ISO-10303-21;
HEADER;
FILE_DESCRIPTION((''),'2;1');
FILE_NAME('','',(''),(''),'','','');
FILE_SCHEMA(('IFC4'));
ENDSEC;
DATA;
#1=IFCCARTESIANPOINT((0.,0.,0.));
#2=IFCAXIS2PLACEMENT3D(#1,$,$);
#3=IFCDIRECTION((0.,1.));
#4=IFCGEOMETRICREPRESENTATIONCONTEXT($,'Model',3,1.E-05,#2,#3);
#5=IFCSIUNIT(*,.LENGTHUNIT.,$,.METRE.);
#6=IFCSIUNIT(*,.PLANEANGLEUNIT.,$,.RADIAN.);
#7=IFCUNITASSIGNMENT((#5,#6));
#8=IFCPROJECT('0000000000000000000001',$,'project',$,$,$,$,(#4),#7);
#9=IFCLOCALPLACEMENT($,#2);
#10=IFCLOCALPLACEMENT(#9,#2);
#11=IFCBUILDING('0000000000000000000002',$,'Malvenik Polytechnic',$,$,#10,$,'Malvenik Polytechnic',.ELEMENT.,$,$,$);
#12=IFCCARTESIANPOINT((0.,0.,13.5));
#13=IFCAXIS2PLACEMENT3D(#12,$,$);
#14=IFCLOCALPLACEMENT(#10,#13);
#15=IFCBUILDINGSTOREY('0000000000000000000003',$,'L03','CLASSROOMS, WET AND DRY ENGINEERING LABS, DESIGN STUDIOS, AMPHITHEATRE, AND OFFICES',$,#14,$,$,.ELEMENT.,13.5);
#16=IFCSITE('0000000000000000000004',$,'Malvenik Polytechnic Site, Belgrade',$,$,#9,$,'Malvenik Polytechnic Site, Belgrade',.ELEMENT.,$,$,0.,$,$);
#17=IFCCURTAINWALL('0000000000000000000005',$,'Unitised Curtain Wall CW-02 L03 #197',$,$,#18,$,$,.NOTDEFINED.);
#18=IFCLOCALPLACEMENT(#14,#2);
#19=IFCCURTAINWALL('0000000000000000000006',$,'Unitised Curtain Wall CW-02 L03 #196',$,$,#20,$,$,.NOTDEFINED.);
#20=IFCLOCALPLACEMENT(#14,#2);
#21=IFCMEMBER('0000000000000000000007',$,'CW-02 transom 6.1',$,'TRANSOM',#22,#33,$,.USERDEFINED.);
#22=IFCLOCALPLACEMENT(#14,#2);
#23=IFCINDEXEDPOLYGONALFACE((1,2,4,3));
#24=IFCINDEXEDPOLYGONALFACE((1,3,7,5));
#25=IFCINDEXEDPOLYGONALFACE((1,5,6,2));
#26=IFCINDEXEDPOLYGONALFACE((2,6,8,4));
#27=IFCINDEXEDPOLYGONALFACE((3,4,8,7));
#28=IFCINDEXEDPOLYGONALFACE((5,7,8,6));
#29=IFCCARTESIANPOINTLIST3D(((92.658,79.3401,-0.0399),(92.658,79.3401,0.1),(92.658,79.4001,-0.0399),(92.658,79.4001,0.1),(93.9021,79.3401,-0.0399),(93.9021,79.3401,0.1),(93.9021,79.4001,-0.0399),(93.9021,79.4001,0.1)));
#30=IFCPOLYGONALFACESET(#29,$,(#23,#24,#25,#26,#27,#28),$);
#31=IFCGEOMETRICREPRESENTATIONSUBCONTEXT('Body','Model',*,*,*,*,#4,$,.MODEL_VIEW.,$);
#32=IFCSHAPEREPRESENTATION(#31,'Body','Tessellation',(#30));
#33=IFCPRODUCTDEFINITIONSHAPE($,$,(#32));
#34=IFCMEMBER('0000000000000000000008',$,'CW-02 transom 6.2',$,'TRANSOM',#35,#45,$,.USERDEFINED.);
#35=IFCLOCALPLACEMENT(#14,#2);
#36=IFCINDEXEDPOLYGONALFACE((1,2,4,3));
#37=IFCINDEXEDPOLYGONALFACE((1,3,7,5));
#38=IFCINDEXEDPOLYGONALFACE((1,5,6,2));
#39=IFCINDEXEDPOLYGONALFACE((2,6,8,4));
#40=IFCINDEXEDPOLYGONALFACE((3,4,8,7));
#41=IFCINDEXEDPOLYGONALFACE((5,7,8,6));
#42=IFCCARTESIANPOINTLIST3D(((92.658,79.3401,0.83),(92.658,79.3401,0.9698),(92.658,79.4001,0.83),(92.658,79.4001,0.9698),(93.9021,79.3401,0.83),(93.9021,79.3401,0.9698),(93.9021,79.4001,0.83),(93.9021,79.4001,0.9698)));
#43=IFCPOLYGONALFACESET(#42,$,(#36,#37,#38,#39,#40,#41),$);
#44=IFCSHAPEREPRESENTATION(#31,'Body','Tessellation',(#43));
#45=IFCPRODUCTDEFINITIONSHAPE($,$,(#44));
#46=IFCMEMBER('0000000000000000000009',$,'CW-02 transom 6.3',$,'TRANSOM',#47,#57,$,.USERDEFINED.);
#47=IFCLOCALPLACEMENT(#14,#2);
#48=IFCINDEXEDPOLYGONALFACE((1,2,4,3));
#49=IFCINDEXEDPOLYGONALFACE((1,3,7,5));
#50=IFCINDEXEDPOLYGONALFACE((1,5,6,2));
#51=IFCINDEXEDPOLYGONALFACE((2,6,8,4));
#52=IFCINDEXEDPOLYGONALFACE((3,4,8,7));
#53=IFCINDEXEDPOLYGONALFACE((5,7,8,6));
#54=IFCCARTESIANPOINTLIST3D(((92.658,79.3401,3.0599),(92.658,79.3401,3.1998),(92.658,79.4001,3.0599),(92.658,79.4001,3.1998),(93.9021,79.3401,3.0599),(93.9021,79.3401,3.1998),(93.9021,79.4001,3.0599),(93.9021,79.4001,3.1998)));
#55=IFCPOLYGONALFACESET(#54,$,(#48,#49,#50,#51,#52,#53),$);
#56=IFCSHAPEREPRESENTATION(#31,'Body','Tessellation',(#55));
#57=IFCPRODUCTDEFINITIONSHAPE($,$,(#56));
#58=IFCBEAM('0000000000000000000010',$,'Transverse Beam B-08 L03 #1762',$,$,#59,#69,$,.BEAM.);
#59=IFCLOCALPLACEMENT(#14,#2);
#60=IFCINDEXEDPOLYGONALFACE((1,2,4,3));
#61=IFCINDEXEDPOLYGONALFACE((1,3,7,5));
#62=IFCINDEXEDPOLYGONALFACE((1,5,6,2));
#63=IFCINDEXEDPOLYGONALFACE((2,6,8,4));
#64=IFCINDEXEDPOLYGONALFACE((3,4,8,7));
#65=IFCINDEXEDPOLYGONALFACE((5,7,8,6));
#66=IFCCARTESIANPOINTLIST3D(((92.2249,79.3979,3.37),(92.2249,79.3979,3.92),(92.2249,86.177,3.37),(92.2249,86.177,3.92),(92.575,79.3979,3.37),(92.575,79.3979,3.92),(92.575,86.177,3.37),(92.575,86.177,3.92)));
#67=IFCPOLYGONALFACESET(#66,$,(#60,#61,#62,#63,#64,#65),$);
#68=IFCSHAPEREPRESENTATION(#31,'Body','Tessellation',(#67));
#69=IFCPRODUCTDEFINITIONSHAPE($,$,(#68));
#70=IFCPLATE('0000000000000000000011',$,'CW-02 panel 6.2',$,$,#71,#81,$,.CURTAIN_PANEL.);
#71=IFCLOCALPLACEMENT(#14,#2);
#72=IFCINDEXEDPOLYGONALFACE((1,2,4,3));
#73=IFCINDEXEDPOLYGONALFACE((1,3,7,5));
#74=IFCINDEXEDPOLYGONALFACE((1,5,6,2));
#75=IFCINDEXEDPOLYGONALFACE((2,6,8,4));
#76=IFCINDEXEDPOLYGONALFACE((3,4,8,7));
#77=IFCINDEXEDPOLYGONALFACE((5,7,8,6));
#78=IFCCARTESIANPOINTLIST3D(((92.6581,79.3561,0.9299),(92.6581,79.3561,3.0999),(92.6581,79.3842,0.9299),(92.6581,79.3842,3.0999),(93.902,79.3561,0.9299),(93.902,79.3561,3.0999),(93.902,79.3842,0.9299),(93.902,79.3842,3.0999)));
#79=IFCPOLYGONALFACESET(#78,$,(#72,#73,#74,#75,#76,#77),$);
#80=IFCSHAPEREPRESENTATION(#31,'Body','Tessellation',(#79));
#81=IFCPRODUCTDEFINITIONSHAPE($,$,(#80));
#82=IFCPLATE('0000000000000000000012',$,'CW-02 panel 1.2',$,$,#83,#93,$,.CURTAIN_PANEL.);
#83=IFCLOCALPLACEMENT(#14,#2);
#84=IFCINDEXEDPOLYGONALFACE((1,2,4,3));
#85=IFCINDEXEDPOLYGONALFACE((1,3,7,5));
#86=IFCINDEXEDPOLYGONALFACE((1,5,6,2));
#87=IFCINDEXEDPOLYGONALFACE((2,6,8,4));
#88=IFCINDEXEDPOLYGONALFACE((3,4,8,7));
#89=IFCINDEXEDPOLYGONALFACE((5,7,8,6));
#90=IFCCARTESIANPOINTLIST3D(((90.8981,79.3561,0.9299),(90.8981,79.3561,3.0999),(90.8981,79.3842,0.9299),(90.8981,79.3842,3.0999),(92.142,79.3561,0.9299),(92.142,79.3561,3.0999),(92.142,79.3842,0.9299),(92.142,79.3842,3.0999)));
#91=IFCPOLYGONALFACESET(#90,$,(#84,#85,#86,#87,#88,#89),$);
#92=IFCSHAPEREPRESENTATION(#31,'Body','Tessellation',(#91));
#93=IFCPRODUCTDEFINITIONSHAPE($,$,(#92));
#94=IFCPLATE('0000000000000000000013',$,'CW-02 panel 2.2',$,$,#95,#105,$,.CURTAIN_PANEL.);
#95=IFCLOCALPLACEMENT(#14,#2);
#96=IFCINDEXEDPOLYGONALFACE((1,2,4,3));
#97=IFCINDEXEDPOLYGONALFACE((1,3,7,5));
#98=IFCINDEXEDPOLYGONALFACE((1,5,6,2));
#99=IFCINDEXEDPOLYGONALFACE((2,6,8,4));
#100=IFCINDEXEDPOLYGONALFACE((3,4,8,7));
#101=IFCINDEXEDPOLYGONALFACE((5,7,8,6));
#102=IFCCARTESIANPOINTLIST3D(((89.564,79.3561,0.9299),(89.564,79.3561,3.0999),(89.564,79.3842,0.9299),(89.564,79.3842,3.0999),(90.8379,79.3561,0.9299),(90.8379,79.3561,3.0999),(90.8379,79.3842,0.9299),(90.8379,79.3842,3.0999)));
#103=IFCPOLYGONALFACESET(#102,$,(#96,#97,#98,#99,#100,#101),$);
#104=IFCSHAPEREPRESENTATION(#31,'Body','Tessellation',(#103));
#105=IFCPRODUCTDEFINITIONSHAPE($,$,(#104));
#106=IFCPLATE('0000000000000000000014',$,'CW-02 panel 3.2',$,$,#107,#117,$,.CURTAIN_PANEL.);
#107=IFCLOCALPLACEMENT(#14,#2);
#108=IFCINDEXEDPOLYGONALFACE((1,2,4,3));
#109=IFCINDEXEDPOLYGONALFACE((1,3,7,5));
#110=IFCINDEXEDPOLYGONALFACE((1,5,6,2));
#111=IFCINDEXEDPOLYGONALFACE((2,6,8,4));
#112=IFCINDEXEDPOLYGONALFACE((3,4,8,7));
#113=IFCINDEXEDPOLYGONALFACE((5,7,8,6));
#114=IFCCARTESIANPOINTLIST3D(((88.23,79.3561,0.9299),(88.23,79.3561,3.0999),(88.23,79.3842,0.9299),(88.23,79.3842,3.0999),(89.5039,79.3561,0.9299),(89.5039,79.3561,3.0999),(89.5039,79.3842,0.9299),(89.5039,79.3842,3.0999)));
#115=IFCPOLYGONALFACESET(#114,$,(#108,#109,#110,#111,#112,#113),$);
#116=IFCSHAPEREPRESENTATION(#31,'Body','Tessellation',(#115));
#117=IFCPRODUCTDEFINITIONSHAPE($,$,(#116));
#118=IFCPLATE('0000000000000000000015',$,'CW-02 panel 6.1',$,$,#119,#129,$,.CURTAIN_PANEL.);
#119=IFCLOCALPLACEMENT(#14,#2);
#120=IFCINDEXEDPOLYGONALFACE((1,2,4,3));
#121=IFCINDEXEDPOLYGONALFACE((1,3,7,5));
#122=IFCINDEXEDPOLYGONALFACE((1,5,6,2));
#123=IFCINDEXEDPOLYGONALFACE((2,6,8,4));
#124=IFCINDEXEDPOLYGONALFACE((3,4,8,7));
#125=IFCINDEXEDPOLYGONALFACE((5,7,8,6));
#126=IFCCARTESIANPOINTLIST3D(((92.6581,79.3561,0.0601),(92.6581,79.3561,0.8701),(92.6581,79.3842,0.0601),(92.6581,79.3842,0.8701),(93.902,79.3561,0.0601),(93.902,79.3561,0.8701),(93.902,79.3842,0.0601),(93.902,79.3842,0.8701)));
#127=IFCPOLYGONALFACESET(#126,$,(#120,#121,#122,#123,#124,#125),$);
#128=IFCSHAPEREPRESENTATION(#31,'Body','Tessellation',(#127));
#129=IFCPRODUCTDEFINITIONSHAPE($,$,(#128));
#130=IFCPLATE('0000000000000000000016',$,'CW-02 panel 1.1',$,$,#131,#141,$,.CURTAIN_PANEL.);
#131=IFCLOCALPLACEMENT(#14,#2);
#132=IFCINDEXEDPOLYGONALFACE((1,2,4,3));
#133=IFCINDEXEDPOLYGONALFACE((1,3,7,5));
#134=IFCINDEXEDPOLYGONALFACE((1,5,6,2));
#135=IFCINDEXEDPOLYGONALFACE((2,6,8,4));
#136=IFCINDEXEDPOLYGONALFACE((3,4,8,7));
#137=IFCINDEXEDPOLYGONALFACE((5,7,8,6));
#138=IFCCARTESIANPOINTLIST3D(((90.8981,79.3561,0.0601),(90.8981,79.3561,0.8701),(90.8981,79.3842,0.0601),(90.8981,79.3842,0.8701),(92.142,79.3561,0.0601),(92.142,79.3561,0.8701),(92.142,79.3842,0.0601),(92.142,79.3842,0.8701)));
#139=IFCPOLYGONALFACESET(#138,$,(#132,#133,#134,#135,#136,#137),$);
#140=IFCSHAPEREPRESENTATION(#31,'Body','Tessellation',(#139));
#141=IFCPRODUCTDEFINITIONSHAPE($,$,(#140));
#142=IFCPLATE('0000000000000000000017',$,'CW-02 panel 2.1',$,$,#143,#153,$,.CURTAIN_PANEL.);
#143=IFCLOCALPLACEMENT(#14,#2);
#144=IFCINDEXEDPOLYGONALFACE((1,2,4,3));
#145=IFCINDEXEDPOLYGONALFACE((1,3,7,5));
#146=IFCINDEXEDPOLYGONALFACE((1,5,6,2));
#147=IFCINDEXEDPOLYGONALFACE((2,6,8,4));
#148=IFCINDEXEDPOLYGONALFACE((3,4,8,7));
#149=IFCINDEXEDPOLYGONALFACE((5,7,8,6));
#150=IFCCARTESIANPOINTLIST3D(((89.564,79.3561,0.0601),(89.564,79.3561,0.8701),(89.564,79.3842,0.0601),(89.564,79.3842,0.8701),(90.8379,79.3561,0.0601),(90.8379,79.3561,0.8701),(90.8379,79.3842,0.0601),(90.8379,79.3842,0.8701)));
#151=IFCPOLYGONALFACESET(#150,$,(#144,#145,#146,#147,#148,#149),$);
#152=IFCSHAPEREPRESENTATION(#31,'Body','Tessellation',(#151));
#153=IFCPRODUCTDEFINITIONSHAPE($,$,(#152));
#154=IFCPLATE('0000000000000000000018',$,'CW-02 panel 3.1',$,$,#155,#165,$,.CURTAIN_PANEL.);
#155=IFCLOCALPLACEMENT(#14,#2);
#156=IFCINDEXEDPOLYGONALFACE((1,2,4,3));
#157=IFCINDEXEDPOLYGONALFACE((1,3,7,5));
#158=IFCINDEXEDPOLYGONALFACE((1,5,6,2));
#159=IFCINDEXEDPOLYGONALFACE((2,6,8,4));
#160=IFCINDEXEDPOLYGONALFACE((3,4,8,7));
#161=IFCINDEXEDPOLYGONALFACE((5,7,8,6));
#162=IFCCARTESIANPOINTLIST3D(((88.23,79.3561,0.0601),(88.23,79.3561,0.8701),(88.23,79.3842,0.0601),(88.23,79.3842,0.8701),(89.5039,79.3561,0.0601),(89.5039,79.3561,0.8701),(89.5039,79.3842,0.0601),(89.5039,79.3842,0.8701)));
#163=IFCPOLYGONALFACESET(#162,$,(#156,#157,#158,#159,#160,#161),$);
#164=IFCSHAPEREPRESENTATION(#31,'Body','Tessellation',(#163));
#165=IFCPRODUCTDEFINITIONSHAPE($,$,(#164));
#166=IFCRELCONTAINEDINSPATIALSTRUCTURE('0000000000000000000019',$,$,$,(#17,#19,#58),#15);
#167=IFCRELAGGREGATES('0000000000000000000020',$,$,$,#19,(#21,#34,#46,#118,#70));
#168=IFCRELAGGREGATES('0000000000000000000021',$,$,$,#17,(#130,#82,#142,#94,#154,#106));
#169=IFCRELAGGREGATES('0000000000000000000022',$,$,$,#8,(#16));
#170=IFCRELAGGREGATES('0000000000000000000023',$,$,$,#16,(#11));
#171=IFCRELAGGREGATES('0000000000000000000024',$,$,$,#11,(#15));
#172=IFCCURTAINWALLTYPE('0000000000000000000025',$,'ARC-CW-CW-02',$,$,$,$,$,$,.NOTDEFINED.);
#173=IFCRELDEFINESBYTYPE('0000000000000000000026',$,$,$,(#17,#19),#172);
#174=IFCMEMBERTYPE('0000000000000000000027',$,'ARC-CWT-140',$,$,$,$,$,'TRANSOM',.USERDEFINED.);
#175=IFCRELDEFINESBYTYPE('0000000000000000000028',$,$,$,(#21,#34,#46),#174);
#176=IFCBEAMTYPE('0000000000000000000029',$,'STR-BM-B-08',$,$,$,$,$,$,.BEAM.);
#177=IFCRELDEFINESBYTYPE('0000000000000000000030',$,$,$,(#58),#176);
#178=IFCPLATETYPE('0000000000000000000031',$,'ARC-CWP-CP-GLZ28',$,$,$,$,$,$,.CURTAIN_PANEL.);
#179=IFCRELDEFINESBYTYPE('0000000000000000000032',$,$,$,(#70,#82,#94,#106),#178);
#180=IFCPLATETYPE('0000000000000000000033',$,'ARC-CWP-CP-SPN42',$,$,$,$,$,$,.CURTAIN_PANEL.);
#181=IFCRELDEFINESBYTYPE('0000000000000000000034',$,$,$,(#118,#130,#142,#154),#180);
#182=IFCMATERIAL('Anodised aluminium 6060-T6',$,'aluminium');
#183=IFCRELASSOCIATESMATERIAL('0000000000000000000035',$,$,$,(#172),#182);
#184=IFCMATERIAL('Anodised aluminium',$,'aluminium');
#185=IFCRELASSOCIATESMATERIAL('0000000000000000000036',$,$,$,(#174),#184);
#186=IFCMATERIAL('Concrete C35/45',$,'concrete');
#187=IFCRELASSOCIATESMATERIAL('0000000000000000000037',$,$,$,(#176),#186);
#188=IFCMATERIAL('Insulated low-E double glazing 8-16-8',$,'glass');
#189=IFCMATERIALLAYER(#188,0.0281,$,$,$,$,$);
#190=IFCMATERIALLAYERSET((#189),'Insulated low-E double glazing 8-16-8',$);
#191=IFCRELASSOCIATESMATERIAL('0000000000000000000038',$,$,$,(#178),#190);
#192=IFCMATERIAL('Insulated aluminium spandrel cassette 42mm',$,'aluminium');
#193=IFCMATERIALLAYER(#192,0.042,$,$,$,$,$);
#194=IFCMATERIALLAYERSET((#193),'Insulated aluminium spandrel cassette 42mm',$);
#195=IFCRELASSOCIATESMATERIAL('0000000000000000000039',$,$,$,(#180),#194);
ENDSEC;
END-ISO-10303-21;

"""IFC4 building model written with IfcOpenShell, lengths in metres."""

from ifc_helpers import new_model, si_unit, direction, frame, origin, origin_2d, place, context, subcontext, project, spatial, rectangle, extrude, material, layer, layer_set, material_profile, profile_set, type_object, element, aggregate, save


model = new_model("IFC4")

# Units and contexts
model_context = context("Model", 3, precision=1e-05, world=origin(), true_north=direction((0.0, 1.0)))
body_context = subcontext(model_context, "Body", "Model", "MODEL_VIEW")
ifc_project = project(units=[si_unit("LENGTHUNIT", "METRE"), si_unit("PLANEANGLEUNIT", "RADIAN")], contexts=[model_context])

# Site, building, storey
site_placement = place(None, origin())
site = spatial("IfcSite", under=ifc_project, at=site_placement, Name="Malvenik Polytechnic Site, Belgrade", LongName="Malvenik Polytechnic Site, Belgrade", CompositionType="ELEMENT", RefElevation=0.0)
building_placement = place(site_placement, origin())
building = spatial("IfcBuilding", under=site, at=building_placement, Name="Malvenik Polytechnic", LongName="Malvenik Polytechnic", CompositionType="ELEMENT")
storey_placement = place(building_placement, frame((0.0, 0.0, 13.5)))
storey = spatial("IfcBuildingStorey", under=building, at=storey_placement, Name="L03", Description="CLASSROOMS, WET AND DRY ENGINEERING LABS, DESIGN STUDIOS, AMPHITHEATRE, AND OFFICES", CompositionType="ELEMENT", Elevation=13.5)

# Curtain walls
ifc_material_1 = material(Name="Anodised aluminium 6060-T6", Category="aluminium")
curtain_wall_type = type_object("IfcCurtainWallType", Name="ARC-CW-CW-02", PredefinedType="NOTDEFINED", material=ifc_material_1)
curtain_wall_1_placement = place(storey_placement, origin())
curtain_wall_1 = element("IfcCurtainWall", 1, at=curtain_wall_1_placement, inside=storey, type_object=curtain_wall_type, Name="Unitised Curtain Wall CW-02 L03 #197", PredefinedType="NOTDEFINED")
ifc_material_2 = material(Name="Anodised aluminium", Category="aluminium")
curtain_wall_2_placement = place(storey_placement, origin())
curtain_wall_2 = element("IfcCurtainWall", 2, at=curtain_wall_2_placement, inside=storey, type_object=curtain_wall_type, Name="Unitised Curtain Wall CW-02 L03 #196", PredefinedType="NOTDEFINED")

# Members
ifc_material_profile_1 = material_profile(ifc_material_2, rectangle(XDim=0.0601, YDim=0.1399, at=origin_2d()), Name="ALU TRANSOM 60x140")
ifc_profile_set_1 = profile_set([ifc_material_profile_1], Name="Anodised aluminium")
member_type_1 = type_object("IfcMemberType", Name="ARC-CWT-140", ElementType="TRANSOM", PredefinedType="USERDEFINED", material=ifc_profile_set_1)
member_1_placement = place(storey_placement, frame((93.9021, 79.3701, 0.03), z_axis=(-1.0, 0.0, 0.0), x_axis=(0.0, -1.0, 0.0)))
member_1 = element("IfcMember", 3, at=member_1_placement, type_object=member_type_1, Name="CW-02 transom 6.1", ObjectType="TRANSOM", PredefinedType="USERDEFINED", context=body_context, shape_type="SweptSolid", body=[
    extrude(rectangle(XDim=0.0601, YDim=0.1399, at=origin_2d()), origin(), (0.0, 0.0, 1.0), 1.2441),
])
member_2_placement = place(storey_placement, frame((93.9021, 79.3701, 0.8999), z_axis=(-1.0, 0.0, 0.0), x_axis=(0.0, -1.0, 0.0)))
member_2 = element("IfcMember", 4, at=member_2_placement, type_object=member_type_1, Name="CW-02 transom 6.2", ObjectType="TRANSOM", PredefinedType="USERDEFINED", context=body_context, shape_type="SweptSolid", body=[
    extrude(rectangle(XDim=0.0601, YDim=0.1399, at=origin_2d()), origin(), (0.0, 0.0, 1.0), 1.2441),
])
member_3_placement = place(storey_placement, frame((93.9021, 79.3701, 3.1299), z_axis=(-1.0, 0.0, 0.0), x_axis=(0.0, -1.0, 0.0)))
member_3 = element("IfcMember", 5, at=member_3_placement, type_object=member_type_1, Name="CW-02 transom 6.3", ObjectType="TRANSOM", PredefinedType="USERDEFINED", context=body_context, shape_type="SweptSolid", body=[
    extrude(rectangle(XDim=0.0601, YDim=0.1399, at=origin_2d()), origin(), (0.0, 0.0, 1.0), 1.2441),
])

# Beam
ifc_material_3 = material(Name="Concrete C35/45", Category="concrete")
ifc_material_profile_2 = material_profile(ifc_material_3, rectangle(XDim=0.3501, YDim=0.55, at=origin_2d()), Name="RC BM 350x550")
ifc_profile_set_2 = profile_set([ifc_material_profile_2], Name="Concrete C35/45")
beam_type = type_object("IfcBeamType", Name="STR-BM-B-08", PredefinedType="BEAM", material=ifc_profile_set_2)
beam_placement = place(storey_placement, frame((92.3999, 79.3979, 3.645), z_axis=(0.0, 1.0, 0.0), x_axis=(-1.0, 0.0, 0.0)))
element("IfcBeam", 6, at=beam_placement, inside=storey, type_object=beam_type, Name="Transverse Beam B-08 L03 #1762", PredefinedType="BEAM", context=body_context, shape_type="SweptSolid", body=[
    extrude(rectangle(XDim=0.3501, YDim=0.55, at=origin_2d()), origin(), (0.0, 0.0, 1.0), 6.7791),
])

# Plates
ifc_material_4 = material(Name="Insulated low-E double glazing 8-16-8", Category="glass")
ifc_layer_1 = layer(ifc_material_4, 0.0281)
ifc_layer_set_1 = layer_set([ifc_layer_1], Name="Insulated low-E double glazing 8-16-8")
plate_type_1 = type_object("IfcPlateType", Name="ARC-CWP-CP-GLZ28", PredefinedType="CURTAIN_PANEL", material=ifc_layer_set_1)
plate_1_placement = place(storey_placement, frame((93.28, 79.3701, 0.9299), z_axis=(0.0, 0.0, 1.0), x_axis=(-1.0, 0.0, 0.0)))
plate_1 = element("IfcPlate", 7, at=plate_1_placement, type_object=plate_type_1, Name="CW-02 panel 6.2", PredefinedType="CURTAIN_PANEL", context=body_context, shape_type="SweptSolid", body=[
    extrude(rectangle(XDim=1.2439, YDim=0.0281, at=origin_2d()), origin(), (0.0, 0.0, 1.0), 2.1699),
])
plate_2_placement = place(storey_placement, frame((91.52, 79.3701, 0.9299), z_axis=(0.0, 0.0, 1.0), x_axis=(-1.0, 0.0, 0.0)))
plate_2 = element("IfcPlate", 8, at=plate_2_placement, type_object=plate_type_1, Name="CW-02 panel 1.2", PredefinedType="CURTAIN_PANEL", context=body_context, shape_type="SweptSolid", body=[
    extrude(rectangle(XDim=1.2439, YDim=0.0281, at=origin_2d()), origin(), (0.0, 0.0, 1.0), 2.1699),
])
plate_3_placement = place(storey_placement, frame((90.2009, 79.3701, 0.9299), z_axis=(0.0, 0.0, 1.0), x_axis=(-1.0, 0.0, 0.0)))
plate_3 = element("IfcPlate", 9, at=plate_3_placement, type_object=plate_type_1, Name="CW-02 panel 2.2", PredefinedType="CURTAIN_PANEL", context=body_context, shape_type="SweptSolid", body=[
    extrude(rectangle(XDim=1.2739, YDim=0.0281, at=origin_2d()), origin(), (0.0, 0.0, 1.0), 2.1699),
])
plate_4_placement = place(storey_placement, frame((88.8669, 79.3701, 0.9299), z_axis=(0.0, 0.0, 1.0), x_axis=(-1.0, 0.0, 0.0)))
plate_4 = element("IfcPlate", 10, at=plate_4_placement, type_object=plate_type_1, Name="CW-02 panel 3.2", PredefinedType="CURTAIN_PANEL", context=body_context, shape_type="SweptSolid", body=[
    extrude(rectangle(XDim=1.2739, YDim=0.0281, at=origin_2d()), origin(), (0.0, 0.0, 1.0), 2.1699),
])
ifc_material_5 = material(Name="Insulated aluminium spandrel cassette 42mm", Category="aluminium")
ifc_layer_2 = layer(ifc_material_5, 0.042)
ifc_layer_set_2 = layer_set([ifc_layer_2], Name="Insulated aluminium spandrel cassette 42mm")
plate_type_2 = type_object("IfcPlateType", Name="ARC-CWP-CP-SPN42", PredefinedType="CURTAIN_PANEL", material=ifc_layer_set_2)
plate_5_placement = place(storey_placement, frame((93.28, 79.3701, 0.0601), z_axis=(0.0, 0.0, 1.0), x_axis=(-1.0, 0.0, 0.0)))
plate_5 = element("IfcPlate", 11, at=plate_5_placement, type_object=plate_type_2, Name="CW-02 panel 6.1", PredefinedType="CURTAIN_PANEL", context=body_context, shape_type="SweptSolid", body=[
    extrude(rectangle(XDim=1.2439, YDim=0.0281, at=origin_2d()), origin(), (0.0, 0.0, 1.0), 0.8101),
])
aggregate(curtain_wall_2, [member_1, member_2, member_3, plate_5, plate_1])
plate_6_placement = place(storey_placement, frame((91.52, 79.3701, 0.0601), z_axis=(0.0, 0.0, 1.0), x_axis=(-1.0, 0.0, 0.0)))
plate_6 = element("IfcPlate", 12, at=plate_6_placement, type_object=plate_type_2, Name="CW-02 panel 1.1", PredefinedType="CURTAIN_PANEL", context=body_context, shape_type="SweptSolid", body=[
    extrude(rectangle(XDim=1.2439, YDim=0.0281, at=origin_2d()), origin(), (0.0, 0.0, 1.0), 0.8101),
])
plate_7_placement = place(storey_placement, frame((90.2009, 79.3701, 0.0601), z_axis=(0.0, 0.0, 1.0), x_axis=(-1.0, 0.0, 0.0)))
plate_7 = element("IfcPlate", 13, at=plate_7_placement, type_object=plate_type_2, Name="CW-02 panel 2.1", PredefinedType="CURTAIN_PANEL", context=body_context, shape_type="SweptSolid", body=[
    extrude(rectangle(XDim=1.2739, YDim=0.0281, at=origin_2d()), origin(), (0.0, 0.0, 1.0), 0.8101),
])
plate_8_placement = place(storey_placement, frame((88.8669, 79.3701, 0.0601), z_axis=(0.0, 0.0, 1.0), x_axis=(-1.0, 0.0, 0.0)))
plate_8 = element("IfcPlate", 14, at=plate_8_placement, type_object=plate_type_2, Name="CW-02 panel 3.1", PredefinedType="CURTAIN_PANEL", context=body_context, shape_type="SweptSolid", body=[
    extrude(rectangle(XDim=1.2739, YDim=0.0281, at=origin_2d()), origin(), (0.0, 0.0, 1.0), 0.8101),
])
aggregate(curtain_wall_1, [plate_6, plate_2, plate_7, plate_3, plate_8, plate_4])

save(model, "model.ifc")
